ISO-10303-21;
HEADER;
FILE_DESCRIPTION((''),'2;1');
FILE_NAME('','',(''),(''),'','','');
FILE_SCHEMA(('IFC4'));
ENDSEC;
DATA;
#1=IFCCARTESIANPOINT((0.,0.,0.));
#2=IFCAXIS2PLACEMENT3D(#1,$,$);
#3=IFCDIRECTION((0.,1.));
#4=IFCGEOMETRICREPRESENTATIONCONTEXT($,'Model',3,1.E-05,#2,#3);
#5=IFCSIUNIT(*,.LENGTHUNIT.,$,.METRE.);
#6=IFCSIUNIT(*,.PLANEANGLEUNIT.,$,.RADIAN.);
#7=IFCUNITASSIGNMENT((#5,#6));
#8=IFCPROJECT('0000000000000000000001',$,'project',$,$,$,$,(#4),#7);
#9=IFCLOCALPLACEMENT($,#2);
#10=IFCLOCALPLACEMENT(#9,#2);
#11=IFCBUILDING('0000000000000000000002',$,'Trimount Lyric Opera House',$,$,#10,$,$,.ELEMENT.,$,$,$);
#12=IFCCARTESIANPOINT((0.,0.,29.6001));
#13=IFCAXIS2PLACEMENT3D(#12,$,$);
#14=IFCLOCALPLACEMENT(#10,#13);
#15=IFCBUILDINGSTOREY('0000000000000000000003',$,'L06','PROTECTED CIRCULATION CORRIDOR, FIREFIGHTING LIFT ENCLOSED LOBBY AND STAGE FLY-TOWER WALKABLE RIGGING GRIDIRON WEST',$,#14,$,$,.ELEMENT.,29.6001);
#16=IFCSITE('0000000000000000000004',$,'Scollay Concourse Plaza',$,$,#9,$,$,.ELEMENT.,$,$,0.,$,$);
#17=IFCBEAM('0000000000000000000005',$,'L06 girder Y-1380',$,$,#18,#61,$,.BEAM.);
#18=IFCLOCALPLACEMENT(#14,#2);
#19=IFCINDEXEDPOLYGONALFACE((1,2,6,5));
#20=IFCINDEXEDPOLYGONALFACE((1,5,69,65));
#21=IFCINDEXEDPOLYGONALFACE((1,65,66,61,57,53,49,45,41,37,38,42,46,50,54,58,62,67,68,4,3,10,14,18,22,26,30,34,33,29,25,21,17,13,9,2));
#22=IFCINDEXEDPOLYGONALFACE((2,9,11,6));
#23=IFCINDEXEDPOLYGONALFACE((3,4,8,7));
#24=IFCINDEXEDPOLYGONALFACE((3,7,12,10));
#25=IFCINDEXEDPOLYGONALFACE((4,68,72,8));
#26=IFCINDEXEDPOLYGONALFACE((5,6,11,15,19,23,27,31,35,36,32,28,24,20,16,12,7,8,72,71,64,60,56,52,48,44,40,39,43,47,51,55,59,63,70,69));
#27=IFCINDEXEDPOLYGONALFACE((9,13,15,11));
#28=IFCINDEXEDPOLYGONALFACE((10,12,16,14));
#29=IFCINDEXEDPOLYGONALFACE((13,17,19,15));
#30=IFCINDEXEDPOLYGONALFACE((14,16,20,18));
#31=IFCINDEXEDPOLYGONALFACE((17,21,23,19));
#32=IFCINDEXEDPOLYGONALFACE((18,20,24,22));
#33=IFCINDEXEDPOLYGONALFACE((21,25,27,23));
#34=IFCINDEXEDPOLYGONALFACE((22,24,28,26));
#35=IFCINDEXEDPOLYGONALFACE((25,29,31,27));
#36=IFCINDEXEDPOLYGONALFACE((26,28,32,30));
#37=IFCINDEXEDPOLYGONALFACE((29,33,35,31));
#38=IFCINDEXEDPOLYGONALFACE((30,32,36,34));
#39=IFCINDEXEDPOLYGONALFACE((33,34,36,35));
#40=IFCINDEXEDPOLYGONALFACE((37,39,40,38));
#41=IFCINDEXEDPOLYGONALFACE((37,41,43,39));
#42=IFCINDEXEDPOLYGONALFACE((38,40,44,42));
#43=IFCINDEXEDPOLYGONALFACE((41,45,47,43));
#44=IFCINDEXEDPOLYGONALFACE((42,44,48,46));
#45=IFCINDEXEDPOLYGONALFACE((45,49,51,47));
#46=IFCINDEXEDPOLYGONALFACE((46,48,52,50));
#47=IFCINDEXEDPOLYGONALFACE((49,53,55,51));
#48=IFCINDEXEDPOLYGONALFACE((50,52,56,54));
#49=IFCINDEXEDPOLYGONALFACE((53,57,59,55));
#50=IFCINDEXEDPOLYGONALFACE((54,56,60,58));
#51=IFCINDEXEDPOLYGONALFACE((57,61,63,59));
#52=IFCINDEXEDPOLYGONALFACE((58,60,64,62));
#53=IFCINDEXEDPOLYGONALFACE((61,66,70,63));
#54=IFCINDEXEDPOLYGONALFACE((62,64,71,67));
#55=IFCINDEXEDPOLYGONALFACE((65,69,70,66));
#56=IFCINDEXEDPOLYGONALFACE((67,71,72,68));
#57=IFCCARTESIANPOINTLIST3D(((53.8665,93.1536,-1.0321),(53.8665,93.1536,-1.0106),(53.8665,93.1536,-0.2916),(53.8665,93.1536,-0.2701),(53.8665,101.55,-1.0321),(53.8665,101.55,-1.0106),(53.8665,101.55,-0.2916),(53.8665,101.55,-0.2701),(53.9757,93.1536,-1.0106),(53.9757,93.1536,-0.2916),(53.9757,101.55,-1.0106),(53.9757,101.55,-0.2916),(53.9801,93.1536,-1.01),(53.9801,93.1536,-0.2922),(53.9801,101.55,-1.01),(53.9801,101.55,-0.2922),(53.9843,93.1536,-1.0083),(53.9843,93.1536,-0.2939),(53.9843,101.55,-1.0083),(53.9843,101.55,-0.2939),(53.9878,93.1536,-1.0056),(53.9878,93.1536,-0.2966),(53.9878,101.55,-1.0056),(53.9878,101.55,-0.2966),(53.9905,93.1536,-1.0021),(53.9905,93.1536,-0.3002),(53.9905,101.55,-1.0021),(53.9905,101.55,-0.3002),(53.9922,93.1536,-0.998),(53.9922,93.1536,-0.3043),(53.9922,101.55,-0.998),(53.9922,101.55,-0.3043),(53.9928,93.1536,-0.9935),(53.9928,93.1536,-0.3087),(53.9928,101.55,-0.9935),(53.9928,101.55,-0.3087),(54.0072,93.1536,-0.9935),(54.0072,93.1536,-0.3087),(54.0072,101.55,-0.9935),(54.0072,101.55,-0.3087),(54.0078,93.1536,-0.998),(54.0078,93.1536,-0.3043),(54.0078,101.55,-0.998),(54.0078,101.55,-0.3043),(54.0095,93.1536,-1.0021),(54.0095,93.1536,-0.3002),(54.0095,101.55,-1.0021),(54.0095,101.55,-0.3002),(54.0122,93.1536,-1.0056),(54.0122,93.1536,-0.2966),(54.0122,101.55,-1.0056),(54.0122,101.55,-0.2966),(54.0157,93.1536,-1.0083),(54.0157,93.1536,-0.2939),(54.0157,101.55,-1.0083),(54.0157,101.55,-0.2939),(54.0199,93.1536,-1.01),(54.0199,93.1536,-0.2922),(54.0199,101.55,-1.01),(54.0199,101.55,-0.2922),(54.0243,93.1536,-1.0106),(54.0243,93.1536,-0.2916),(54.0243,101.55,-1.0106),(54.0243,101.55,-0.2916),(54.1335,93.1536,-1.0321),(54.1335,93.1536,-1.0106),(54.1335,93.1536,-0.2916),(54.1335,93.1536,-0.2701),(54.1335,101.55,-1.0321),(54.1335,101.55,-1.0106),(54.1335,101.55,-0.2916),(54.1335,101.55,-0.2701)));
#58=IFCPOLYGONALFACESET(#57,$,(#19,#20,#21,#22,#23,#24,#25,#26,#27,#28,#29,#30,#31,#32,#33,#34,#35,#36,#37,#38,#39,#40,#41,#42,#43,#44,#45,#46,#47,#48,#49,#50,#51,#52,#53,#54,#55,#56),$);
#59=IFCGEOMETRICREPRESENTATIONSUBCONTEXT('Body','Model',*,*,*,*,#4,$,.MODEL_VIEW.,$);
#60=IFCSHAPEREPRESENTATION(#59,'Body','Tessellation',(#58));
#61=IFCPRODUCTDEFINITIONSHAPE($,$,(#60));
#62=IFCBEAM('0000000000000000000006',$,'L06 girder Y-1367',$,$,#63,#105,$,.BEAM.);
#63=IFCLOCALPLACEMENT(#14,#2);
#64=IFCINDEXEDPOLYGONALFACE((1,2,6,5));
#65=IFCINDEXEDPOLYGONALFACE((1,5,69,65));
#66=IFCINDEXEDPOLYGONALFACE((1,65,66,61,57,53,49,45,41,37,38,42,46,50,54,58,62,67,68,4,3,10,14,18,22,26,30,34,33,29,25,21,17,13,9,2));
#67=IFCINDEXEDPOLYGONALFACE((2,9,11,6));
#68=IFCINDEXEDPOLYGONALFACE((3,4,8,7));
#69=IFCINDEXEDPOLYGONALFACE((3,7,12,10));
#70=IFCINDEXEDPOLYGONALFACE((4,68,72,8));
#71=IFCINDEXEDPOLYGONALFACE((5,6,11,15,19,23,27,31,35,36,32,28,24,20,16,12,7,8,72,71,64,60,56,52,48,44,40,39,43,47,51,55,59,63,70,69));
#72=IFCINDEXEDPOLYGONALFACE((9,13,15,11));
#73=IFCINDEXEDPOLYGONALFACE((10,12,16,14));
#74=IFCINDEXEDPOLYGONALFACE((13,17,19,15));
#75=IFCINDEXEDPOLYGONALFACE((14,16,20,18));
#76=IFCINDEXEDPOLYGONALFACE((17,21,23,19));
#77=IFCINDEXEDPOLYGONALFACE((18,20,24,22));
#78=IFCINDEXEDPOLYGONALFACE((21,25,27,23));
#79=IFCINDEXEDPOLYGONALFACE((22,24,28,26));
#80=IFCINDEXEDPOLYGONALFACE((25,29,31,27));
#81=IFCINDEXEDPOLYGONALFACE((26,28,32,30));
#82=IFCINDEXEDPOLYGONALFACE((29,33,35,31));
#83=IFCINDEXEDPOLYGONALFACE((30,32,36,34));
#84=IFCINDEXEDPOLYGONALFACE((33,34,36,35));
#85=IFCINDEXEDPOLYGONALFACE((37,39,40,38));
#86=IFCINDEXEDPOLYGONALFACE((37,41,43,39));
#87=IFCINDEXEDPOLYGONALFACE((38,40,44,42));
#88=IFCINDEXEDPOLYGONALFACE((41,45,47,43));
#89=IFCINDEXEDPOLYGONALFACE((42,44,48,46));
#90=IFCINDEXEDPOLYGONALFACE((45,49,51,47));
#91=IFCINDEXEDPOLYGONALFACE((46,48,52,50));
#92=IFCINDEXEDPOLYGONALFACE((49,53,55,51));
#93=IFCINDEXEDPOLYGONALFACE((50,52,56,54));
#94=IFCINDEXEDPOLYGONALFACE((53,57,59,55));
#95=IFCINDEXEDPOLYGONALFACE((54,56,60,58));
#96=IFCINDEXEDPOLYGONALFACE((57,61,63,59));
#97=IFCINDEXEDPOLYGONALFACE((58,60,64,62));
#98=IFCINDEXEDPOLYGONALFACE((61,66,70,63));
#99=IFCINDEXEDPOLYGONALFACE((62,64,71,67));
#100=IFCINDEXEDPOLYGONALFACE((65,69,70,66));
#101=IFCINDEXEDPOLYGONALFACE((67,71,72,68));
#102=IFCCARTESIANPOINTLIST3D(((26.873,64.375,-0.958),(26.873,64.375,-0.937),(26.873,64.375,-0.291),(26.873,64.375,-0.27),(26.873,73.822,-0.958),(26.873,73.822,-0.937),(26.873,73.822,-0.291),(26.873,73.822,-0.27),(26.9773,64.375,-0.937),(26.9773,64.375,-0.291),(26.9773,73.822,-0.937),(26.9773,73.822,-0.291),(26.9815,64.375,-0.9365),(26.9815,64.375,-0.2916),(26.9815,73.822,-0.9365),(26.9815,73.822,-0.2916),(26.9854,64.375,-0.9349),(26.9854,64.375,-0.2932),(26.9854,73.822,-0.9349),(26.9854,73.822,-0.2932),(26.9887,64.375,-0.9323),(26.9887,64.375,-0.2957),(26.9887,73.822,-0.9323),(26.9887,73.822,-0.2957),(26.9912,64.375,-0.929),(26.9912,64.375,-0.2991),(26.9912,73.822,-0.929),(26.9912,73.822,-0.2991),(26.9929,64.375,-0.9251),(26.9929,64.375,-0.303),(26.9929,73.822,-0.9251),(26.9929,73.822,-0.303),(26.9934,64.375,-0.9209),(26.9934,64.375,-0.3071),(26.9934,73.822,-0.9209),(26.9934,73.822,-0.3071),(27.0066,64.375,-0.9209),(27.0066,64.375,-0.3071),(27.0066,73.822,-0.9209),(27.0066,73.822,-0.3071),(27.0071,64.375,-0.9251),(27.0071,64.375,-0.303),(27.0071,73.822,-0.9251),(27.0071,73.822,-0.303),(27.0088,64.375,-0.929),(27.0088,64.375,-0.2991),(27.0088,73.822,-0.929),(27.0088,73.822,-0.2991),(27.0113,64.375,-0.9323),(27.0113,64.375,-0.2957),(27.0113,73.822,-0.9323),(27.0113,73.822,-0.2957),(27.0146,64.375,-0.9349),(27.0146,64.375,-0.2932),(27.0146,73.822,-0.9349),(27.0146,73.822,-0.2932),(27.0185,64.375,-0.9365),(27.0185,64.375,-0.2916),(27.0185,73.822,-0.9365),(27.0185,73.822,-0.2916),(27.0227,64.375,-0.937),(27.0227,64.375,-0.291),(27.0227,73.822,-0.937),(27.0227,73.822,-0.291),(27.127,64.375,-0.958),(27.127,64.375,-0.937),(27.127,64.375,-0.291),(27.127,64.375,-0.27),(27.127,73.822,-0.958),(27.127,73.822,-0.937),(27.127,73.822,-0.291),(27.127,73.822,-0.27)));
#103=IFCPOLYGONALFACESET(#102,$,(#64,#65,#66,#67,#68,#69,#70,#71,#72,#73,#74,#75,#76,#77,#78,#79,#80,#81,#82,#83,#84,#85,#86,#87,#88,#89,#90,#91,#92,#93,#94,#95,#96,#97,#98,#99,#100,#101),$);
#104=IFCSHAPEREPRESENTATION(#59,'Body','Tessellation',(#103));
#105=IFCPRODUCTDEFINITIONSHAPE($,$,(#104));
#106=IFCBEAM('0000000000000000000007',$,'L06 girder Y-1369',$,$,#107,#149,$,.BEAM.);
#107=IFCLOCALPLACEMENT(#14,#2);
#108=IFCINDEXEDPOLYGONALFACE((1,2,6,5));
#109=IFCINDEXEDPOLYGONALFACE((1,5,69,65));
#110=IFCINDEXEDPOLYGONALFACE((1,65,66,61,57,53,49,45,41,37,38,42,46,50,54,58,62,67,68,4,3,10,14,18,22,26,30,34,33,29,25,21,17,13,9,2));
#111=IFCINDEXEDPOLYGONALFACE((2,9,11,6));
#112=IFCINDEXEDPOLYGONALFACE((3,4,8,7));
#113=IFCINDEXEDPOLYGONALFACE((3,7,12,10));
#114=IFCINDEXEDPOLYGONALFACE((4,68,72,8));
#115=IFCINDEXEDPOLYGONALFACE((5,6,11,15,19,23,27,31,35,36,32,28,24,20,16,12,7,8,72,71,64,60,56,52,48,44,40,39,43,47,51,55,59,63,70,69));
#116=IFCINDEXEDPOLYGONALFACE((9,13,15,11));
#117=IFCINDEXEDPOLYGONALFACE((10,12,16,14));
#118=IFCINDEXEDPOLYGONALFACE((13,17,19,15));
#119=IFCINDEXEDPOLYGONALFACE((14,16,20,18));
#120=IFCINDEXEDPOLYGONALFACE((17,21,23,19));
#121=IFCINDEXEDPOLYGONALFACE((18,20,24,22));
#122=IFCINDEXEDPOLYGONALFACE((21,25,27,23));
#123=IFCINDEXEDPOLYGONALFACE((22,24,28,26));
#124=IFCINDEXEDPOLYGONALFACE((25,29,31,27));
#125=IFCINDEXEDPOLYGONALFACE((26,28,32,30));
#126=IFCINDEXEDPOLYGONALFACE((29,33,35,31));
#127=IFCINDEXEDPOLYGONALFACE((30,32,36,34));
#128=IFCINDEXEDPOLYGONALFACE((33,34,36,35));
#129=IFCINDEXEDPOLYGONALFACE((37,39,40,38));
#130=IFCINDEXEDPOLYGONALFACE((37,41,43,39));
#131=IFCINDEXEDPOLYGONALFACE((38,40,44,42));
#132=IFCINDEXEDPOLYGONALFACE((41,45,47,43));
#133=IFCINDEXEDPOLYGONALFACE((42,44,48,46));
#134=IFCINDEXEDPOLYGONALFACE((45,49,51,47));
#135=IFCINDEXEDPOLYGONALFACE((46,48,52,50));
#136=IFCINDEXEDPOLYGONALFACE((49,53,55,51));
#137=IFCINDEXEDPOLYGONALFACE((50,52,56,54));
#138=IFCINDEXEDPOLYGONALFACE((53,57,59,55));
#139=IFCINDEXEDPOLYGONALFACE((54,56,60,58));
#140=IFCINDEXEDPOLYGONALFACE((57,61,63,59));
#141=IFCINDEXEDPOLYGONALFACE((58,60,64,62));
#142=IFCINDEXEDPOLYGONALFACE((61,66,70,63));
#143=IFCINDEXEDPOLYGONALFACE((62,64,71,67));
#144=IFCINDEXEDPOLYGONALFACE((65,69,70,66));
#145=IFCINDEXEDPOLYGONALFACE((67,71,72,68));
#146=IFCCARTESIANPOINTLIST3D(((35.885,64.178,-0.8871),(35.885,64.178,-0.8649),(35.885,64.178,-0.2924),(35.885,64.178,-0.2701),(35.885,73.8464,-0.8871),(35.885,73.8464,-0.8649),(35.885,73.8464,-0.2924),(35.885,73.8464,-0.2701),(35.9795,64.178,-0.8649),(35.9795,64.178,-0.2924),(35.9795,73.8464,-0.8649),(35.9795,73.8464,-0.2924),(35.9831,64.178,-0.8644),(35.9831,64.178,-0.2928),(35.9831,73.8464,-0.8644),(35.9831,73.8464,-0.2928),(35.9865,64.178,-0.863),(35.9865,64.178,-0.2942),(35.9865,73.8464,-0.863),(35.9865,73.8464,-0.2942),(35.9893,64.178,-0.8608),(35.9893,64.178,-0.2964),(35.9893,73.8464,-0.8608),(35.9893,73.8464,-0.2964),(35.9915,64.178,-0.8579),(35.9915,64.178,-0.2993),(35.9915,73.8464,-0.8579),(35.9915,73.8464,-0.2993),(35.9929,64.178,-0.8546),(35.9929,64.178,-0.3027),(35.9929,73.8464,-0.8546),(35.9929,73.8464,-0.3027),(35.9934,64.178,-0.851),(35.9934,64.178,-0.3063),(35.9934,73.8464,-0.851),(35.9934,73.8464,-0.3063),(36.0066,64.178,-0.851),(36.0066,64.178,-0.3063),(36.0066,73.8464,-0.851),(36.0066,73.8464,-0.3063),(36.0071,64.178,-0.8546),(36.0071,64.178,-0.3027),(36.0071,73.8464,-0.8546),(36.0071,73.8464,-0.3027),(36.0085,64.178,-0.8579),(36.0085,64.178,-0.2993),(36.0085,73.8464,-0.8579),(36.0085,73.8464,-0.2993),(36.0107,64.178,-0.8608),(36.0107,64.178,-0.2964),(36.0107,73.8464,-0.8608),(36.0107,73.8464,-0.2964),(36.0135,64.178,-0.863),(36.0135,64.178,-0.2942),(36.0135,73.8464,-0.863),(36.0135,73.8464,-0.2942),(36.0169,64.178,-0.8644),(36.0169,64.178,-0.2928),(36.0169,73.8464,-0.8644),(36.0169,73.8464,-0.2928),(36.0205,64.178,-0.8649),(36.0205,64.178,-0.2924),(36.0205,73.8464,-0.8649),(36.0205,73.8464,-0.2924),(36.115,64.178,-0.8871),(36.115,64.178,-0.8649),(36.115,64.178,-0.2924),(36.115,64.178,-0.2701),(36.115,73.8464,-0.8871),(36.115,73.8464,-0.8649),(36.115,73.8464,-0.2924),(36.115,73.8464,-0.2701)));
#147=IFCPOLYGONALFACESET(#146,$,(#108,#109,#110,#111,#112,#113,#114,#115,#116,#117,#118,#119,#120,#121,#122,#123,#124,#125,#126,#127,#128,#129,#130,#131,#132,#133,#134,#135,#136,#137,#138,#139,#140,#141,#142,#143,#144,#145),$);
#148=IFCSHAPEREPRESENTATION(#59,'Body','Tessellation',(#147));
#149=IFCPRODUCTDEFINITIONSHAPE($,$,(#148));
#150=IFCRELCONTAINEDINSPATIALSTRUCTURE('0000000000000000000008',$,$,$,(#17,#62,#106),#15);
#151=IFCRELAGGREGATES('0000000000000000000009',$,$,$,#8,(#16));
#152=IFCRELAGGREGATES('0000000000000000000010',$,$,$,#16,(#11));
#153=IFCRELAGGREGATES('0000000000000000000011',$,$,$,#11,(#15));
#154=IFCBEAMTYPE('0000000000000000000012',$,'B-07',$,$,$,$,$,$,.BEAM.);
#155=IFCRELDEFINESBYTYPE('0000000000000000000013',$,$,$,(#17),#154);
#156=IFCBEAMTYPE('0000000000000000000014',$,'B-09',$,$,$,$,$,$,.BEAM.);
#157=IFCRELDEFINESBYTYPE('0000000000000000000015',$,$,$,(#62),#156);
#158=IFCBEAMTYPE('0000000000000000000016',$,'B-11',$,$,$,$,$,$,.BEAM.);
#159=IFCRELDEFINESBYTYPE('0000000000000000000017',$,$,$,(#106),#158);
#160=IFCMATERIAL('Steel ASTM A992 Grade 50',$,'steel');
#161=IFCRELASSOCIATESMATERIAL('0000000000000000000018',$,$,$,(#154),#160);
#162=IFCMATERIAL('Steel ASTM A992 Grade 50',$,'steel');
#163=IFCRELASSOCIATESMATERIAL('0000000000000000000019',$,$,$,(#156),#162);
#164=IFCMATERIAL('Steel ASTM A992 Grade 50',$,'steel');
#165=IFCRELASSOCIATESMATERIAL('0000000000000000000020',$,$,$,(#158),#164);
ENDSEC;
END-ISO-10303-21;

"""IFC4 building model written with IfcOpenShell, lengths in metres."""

from ifc_helpers import new_model, si_unit, direction, frame, origin, origin_2d, place, context, subcontext, project, spatial, i_section, extrude, material, material_profile, profile_set, type_object, element, save


model = new_model("IFC4")

# Units and contexts
model_context = context("Model", 3, precision=1e-05, world=origin(), true_north=direction((0.0, 1.0)))
body_context = subcontext(model_context, "Body", "Model", "MODEL_VIEW")
ifc_project = project(units=[si_unit("LENGTHUNIT", "METRE"), si_unit("PLANEANGLEUNIT", "RADIAN")], contexts=[model_context])

# Site, building, storey
site_placement = place(None, origin())
site = spatial("IfcSite", under=ifc_project, at=site_placement, Name="Scollay Concourse Plaza", CompositionType="ELEMENT", RefElevation=0.0)
building_placement = place(site_placement, origin())
building = spatial("IfcBuilding", under=site, at=building_placement, Name="Trimount Lyric Opera House", CompositionType="ELEMENT")
storey_placement = place(building_placement, frame((0.0, 0.0, 29.6001)))
storey = spatial("IfcBuildingStorey", under=building, at=storey_placement, Name="L06", Description="PROTECTED CIRCULATION CORRIDOR, FIREFIGHTING LIFT ENCLOSED LOBBY AND STAGE FLY-TOWER WALKABLE RIGGING GRIDIRON WEST", CompositionType="ELEMENT", Elevation=29.6001)

# Beams
ifc_material_1 = material(Name="Steel ASTM A992 Grade 50", Category="steel")
ifc_material_profile_1 = material_profile(ifc_material_1, i_section(OverallWidth=0.2671, OverallDepth=0.762, WebThickness=0.0144, FlangeThickness=0.0215, FilletRadius=0.0171, at=origin_2d()), Name="W30X116")
ifc_profile_set_1 = profile_set([ifc_material_profile_1], Name="Steel ASTM A992 Grade 50")
beam_type_1 = type_object("IfcBeamType", Name="B-07", PredefinedType="BEAM", material=ifc_profile_set_1)
beam_1_placement = place(storey_placement, frame((54.0, 93.1536, -0.6511), z_axis=(0.0, 1.0, 0.0), x_axis=(-1.0, 0.0, 0.0)))
element("IfcBeam", 1, at=beam_1_placement, inside=storey, type_object=beam_type_1, Name="L06 girder Y-1380", PredefinedType="BEAM", context=body_context, shape_type="SweptSolid", body=[
    extrude(i_section(OverallWidth=0.2671, OverallDepth=0.762, WebThickness=0.0144, FlangeThickness=0.0215, FilletRadius=0.0171, at=origin_2d()), origin(), (0.0, 0.0, 1.0), 8.3965),
])
ifc_material_2 = material(Name="Steel ASTM A992 Grade 50", Category="steel")
ifc_material_profile_2 = material_profile(ifc_material_2, i_section(OverallWidth=0.2539, OverallDepth=0.688, WebThickness=0.0132, FlangeThickness=0.021, FilletRadius=0.0161, at=origin_2d()), Name="W27X102")
ifc_profile_set_2 = profile_set([ifc_material_profile_2], Name="Steel ASTM A992 Grade 50")
beam_type_2 = type_object("IfcBeamType", Name="B-09", PredefinedType="BEAM", material=ifc_profile_set_2)
beam_2_placement = place(storey_placement, frame((27.0, 64.375, -0.614), z_axis=(0.0, 1.0, 0.0), x_axis=(-1.0, 0.0, 0.0)))
element("IfcBeam", 2, at=beam_2_placement, inside=storey, type_object=beam_type_2, Name="L06 girder Y-1367", PredefinedType="BEAM", context=body_context, shape_type="SweptSolid", body=[
    extrude(i_section(OverallWidth=0.2539, OverallDepth=0.688, WebThickness=0.0132, FlangeThickness=0.021, FilletRadius=0.0161, at=origin_2d()), origin(), (0.0, 0.0, 1.0), 9.447),
])
ifc_material_3 = material(Name="Steel ASTM A992 Grade 50", Category="steel")
ifc_material_profile_3 = material_profile(ifc_material_3, i_section(OverallWidth=0.23, OverallDepth=0.6169, WebThickness=0.0132, FlangeThickness=0.0222, FilletRadius=0.0139, at=origin_2d()), Name="W24X94")
ifc_profile_set_3 = profile_set([ifc_material_profile_3], Name="Steel ASTM A992 Grade 50")
beam_type_3 = type_object("IfcBeamType", Name="B-11", PredefinedType="BEAM", material=ifc_profile_set_3)
beam_3_placement = place(storey_placement, frame((36.0, 64.178, -0.5786), z_axis=(0.0, 1.0, 0.0), x_axis=(-1.0, 0.0, 0.0)))
element("IfcBeam", 3, at=beam_3_placement, inside=storey, type_object=beam_type_3, Name="L06 girder Y-1369", PredefinedType="BEAM", context=body_context, shape_type="SweptSolid", body=[
    extrude(i_section(OverallWidth=0.23, OverallDepth=0.6169, WebThickness=0.0132, FlangeThickness=0.0222, FilletRadius=0.0139, at=origin_2d()), origin(), (0.0, 0.0, 1.0), 9.6685),
])

save(model, "model.ifc")
